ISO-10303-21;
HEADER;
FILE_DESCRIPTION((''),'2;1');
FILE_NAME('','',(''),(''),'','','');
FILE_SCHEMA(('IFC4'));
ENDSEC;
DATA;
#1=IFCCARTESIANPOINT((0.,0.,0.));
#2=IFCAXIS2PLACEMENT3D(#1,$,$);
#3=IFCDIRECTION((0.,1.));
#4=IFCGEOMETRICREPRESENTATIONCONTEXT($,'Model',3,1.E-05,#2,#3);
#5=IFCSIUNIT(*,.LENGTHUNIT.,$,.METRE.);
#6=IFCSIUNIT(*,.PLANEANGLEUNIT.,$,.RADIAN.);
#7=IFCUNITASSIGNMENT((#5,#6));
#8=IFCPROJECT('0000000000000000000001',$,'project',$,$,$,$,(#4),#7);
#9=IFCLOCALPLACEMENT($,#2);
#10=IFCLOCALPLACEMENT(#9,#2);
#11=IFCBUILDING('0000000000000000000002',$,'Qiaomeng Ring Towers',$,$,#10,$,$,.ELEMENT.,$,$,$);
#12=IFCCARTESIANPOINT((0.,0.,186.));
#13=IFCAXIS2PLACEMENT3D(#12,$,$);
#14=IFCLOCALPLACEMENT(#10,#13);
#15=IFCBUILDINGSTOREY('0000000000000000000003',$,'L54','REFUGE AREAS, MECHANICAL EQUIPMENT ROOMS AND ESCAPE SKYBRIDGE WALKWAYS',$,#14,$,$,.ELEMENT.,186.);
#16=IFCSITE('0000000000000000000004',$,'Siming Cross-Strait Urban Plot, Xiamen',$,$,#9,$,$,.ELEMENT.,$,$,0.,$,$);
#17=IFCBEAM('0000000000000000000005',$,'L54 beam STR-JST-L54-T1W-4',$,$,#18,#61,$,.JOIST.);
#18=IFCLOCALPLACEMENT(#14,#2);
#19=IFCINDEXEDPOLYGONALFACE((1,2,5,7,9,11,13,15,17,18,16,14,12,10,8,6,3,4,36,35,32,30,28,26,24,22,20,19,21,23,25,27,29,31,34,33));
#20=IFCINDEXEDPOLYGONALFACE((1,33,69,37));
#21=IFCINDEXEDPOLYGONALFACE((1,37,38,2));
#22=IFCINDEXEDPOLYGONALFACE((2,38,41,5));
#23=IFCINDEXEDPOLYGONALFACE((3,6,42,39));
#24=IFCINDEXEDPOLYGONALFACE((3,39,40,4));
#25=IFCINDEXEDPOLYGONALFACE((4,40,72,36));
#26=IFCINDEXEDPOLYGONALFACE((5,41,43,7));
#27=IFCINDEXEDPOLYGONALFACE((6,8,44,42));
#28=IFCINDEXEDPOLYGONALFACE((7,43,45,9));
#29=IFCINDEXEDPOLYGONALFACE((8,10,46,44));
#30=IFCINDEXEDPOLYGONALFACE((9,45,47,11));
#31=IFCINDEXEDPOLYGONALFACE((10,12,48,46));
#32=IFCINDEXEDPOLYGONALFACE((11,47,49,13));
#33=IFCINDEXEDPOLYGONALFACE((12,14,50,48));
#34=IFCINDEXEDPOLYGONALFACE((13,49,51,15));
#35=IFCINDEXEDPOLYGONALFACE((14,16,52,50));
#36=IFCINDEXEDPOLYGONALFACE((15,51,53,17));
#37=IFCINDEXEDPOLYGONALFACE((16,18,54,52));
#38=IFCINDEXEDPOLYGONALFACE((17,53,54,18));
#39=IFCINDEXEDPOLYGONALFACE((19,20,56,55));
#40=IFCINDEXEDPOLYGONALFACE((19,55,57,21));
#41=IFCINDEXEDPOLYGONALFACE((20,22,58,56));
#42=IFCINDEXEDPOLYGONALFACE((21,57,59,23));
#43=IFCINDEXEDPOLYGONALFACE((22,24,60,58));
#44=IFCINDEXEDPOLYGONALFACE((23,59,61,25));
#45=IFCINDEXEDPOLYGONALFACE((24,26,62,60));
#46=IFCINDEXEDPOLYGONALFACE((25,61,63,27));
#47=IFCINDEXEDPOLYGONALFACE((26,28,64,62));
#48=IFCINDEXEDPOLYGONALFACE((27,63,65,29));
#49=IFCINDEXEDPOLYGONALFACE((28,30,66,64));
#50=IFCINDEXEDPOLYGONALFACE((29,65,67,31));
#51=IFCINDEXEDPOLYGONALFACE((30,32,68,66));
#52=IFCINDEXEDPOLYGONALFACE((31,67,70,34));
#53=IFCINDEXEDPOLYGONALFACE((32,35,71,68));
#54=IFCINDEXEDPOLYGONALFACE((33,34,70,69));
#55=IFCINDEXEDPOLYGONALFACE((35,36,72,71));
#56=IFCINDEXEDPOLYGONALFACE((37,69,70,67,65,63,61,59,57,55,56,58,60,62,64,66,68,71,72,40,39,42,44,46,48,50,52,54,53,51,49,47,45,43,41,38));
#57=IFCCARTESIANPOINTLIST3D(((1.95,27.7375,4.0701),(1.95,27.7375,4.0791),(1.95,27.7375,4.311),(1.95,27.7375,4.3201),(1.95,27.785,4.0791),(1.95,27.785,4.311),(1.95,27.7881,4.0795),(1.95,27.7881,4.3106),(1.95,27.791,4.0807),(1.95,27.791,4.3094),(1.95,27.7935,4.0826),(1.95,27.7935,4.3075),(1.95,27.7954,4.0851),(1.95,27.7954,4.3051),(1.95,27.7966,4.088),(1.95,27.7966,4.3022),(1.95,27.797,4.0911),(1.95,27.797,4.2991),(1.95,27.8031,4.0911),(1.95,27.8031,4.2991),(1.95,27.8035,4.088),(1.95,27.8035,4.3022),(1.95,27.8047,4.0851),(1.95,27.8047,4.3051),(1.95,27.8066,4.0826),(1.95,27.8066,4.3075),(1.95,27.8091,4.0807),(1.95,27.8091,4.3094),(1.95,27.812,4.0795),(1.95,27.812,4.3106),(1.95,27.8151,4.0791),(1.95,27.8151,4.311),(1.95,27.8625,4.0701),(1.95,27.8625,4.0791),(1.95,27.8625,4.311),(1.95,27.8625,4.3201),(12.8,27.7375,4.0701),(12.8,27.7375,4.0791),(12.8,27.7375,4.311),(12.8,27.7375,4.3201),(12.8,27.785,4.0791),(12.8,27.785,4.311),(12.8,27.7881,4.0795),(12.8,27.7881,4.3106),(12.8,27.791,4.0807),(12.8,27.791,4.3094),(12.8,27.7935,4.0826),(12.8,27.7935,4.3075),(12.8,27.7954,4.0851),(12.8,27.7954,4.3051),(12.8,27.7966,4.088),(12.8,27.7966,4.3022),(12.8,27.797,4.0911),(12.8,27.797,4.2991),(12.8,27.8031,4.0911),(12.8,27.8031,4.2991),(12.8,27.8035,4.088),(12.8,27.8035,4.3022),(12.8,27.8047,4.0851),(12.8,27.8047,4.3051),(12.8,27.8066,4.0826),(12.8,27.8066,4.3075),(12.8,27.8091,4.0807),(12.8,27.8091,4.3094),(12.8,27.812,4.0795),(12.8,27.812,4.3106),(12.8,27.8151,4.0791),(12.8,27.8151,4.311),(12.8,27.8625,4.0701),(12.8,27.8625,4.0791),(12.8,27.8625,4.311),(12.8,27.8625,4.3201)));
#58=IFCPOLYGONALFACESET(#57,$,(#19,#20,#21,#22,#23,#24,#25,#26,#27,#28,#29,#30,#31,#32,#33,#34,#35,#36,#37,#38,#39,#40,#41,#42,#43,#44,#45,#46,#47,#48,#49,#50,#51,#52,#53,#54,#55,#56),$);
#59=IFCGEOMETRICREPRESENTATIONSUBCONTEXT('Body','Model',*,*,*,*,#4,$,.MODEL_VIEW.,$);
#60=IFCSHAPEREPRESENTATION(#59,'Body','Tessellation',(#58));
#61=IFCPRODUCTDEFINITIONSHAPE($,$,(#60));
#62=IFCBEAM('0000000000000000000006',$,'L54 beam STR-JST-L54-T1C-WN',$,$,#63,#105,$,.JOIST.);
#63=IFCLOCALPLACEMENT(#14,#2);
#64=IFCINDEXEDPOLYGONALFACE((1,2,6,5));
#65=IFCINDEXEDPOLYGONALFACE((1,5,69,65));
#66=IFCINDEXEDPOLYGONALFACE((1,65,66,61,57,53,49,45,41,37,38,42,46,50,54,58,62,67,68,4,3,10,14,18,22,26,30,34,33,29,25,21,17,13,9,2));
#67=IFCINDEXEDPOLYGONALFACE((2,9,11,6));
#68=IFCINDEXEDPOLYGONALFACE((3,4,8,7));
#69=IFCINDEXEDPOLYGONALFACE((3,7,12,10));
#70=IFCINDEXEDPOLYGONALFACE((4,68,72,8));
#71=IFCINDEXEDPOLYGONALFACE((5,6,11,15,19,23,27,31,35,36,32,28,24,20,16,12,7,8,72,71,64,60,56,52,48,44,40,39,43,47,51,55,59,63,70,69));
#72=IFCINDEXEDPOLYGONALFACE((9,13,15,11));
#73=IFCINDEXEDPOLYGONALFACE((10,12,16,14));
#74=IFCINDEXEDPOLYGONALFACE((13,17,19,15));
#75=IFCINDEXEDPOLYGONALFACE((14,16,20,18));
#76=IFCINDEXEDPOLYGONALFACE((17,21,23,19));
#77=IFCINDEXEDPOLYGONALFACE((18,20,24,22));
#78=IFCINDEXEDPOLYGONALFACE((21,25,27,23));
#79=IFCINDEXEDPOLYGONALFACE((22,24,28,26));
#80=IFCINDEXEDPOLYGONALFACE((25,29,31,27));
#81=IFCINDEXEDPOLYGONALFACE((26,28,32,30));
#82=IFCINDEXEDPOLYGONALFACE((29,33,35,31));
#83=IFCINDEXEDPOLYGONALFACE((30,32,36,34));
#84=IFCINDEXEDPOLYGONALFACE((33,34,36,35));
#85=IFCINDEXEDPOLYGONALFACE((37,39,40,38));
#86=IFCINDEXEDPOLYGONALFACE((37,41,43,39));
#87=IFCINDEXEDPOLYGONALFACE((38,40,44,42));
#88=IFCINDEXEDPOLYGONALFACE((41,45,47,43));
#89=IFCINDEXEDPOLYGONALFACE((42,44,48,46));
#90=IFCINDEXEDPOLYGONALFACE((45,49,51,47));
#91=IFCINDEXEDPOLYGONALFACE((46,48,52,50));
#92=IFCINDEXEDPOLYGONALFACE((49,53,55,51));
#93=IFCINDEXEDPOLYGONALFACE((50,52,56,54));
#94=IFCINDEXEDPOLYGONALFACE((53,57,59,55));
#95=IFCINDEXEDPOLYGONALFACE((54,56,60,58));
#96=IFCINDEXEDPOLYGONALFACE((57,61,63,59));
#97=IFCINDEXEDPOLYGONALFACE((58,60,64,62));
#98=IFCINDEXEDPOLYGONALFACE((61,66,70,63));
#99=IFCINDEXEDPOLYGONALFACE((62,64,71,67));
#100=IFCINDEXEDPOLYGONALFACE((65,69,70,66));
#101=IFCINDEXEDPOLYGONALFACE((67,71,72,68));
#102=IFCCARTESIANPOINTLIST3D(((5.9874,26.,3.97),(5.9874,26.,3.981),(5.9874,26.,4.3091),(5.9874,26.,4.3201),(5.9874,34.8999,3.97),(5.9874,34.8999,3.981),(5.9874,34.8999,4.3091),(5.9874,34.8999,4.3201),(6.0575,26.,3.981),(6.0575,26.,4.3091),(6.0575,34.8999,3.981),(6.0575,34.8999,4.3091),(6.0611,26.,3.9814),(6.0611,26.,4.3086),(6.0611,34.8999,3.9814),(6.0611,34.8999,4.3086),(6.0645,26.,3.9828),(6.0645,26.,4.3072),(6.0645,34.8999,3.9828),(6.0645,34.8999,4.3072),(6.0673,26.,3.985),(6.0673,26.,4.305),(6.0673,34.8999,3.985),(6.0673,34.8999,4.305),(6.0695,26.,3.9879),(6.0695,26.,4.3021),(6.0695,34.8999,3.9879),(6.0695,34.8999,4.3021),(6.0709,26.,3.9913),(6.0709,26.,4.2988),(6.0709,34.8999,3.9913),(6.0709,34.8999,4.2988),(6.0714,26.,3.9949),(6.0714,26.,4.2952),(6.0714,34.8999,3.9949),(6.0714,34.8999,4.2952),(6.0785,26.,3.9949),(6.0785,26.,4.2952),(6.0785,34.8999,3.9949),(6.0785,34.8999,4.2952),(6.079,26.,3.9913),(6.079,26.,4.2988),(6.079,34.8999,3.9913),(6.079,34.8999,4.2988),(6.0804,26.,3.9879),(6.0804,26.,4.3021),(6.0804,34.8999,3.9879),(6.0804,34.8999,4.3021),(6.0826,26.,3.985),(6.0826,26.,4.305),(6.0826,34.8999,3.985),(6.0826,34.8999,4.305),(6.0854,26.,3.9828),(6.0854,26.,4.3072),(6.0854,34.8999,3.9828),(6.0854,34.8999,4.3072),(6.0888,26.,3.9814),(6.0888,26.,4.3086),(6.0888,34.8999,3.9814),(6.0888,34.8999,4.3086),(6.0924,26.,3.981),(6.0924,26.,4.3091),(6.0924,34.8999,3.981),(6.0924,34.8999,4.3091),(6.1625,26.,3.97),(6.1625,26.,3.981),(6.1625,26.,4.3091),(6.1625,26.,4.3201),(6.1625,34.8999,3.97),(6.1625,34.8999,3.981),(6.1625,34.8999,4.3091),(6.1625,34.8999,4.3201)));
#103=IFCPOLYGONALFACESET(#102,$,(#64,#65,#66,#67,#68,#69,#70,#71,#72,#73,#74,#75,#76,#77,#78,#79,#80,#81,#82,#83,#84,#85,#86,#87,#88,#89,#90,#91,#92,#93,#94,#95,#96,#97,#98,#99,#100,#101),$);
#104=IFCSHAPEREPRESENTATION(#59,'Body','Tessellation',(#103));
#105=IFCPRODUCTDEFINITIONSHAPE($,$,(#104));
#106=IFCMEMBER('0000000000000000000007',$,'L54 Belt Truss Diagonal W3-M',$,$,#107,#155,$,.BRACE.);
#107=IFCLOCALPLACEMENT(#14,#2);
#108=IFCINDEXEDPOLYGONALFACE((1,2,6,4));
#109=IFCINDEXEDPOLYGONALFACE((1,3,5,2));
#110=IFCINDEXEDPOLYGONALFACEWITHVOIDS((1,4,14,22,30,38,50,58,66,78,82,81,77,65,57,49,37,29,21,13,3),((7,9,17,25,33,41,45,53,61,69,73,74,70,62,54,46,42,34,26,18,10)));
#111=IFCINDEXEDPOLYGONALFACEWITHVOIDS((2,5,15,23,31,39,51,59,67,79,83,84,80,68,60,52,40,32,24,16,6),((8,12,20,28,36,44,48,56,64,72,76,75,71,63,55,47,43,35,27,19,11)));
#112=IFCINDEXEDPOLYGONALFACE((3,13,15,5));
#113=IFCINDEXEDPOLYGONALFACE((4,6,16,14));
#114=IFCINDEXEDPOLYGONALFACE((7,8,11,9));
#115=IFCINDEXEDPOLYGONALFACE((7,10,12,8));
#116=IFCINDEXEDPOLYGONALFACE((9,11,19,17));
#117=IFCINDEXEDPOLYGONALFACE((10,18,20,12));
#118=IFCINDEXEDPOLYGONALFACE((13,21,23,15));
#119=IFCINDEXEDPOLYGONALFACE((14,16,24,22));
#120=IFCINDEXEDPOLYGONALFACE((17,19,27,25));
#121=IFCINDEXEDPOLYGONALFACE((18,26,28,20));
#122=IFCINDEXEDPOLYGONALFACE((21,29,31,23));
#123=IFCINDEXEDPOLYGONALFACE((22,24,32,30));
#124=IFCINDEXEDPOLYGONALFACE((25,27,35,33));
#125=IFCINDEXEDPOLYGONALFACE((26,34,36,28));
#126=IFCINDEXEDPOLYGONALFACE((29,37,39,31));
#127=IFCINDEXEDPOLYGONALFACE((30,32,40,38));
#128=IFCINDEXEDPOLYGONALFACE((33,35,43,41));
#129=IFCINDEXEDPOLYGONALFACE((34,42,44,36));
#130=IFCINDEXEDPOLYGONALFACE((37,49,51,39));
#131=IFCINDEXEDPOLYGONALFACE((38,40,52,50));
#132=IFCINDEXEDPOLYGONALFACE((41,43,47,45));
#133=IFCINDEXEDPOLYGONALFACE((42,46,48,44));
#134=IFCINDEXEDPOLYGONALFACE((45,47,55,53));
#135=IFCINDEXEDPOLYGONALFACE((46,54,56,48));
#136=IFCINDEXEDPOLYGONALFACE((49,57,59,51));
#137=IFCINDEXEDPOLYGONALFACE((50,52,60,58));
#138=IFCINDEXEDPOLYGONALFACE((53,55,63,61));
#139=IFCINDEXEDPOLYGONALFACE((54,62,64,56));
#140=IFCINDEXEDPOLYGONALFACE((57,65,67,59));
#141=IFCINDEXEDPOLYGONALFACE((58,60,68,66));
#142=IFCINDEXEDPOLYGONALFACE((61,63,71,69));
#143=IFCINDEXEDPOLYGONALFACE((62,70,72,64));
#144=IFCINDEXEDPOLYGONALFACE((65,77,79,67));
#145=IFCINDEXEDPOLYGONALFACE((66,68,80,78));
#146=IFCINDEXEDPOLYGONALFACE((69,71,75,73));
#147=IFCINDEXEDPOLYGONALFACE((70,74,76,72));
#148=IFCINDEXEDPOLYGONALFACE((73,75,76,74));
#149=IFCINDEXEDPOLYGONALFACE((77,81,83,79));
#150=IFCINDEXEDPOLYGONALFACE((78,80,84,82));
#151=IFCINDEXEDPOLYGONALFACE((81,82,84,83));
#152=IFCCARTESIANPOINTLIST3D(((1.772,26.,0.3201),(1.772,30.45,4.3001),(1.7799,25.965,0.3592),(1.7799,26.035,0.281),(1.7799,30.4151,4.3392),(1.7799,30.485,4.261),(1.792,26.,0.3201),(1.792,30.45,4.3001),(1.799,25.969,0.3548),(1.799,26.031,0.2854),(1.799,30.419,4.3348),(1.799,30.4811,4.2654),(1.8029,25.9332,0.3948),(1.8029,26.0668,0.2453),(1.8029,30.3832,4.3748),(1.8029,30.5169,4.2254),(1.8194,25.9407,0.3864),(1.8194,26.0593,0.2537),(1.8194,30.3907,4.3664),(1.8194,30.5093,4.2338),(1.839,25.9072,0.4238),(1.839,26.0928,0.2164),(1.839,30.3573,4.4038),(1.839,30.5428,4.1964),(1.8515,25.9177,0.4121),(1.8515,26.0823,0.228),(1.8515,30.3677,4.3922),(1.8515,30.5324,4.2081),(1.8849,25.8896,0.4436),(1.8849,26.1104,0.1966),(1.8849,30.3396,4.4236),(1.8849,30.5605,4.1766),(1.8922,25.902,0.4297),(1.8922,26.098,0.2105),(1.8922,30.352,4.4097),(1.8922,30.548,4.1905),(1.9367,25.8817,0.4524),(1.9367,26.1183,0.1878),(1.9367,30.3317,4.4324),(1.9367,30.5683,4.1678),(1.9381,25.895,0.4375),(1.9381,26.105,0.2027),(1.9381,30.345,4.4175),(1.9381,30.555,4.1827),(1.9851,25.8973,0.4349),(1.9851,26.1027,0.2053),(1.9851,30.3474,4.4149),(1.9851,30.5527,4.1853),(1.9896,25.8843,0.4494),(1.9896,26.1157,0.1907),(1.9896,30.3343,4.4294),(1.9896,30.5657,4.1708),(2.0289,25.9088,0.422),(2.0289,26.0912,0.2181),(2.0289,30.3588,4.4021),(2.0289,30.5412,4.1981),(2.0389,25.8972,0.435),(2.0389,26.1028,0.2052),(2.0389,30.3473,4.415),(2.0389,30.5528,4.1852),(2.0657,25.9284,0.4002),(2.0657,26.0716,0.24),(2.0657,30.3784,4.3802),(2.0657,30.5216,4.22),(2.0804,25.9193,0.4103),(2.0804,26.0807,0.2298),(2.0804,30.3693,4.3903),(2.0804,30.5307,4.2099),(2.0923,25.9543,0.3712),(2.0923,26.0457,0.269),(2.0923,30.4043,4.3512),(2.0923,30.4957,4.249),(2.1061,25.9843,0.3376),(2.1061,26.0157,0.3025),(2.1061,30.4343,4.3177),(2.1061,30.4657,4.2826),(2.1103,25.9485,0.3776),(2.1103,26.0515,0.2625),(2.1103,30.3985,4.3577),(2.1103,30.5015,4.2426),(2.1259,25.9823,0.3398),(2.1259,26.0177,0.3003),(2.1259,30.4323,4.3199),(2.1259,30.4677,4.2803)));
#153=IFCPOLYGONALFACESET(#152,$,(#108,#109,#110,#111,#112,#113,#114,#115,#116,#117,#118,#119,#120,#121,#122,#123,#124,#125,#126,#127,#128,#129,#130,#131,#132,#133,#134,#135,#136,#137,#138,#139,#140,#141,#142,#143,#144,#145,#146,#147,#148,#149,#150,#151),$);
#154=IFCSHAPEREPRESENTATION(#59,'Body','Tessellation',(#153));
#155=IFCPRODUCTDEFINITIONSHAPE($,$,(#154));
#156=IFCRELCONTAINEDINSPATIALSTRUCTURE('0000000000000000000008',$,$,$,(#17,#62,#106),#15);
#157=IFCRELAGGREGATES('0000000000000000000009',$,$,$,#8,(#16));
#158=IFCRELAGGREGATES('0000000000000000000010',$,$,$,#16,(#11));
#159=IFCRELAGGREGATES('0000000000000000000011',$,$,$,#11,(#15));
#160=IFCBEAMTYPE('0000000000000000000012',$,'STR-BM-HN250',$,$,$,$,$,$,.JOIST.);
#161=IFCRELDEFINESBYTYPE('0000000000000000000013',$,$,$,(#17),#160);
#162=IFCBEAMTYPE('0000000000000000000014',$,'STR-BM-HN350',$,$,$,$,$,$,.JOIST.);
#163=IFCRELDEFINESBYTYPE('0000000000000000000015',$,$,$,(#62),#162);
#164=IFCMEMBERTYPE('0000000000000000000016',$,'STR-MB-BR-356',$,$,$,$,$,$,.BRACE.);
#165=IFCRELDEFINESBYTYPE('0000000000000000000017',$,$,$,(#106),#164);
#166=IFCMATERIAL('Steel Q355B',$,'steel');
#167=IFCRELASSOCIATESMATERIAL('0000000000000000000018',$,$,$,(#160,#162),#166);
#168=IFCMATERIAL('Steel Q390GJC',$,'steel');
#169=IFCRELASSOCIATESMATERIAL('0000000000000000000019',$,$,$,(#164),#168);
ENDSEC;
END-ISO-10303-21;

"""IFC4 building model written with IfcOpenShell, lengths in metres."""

from ifc_helpers import new_model, si_unit, direction, frame, origin, origin_2d, place, context, subcontext, project, spatial, hollow_circle, i_section, extrude, source, transform, mapped, material, material_profile, profile_set, type_object, element, save


model = new_model("IFC4")

# Units and contexts
model_context = context("Model", 3, precision=1e-05, world=origin(), true_north=direction((0.0, 1.0)))
body_context = subcontext(model_context, "Body", "Model", "MODEL_VIEW")
ifc_project = project(units=[si_unit("LENGTHUNIT", "METRE"), si_unit("PLANEANGLEUNIT", "RADIAN")], contexts=[model_context])

# Site, building, storey
site_placement = place(None, origin())
site = spatial("IfcSite", under=ifc_project, at=site_placement, Name="Siming Cross-Strait Urban Plot, Xiamen", CompositionType="ELEMENT", RefElevation=0.0)
building_placement = place(site_placement, origin())
building = spatial("IfcBuilding", under=site, at=building_placement, Name="Qiaomeng Ring Towers", CompositionType="ELEMENT")
storey_placement = place(building_placement, frame((0.0, 0.0, 186.0)))
storey = spatial("IfcBuildingStorey", under=building, at=storey_placement, Name="L54", Description="REFUGE AREAS, MECHANICAL EQUIPMENT ROOMS AND ESCAPE SKYBRIDGE WALKWAYS", CompositionType="ELEMENT", Elevation=186.0)

# Shared definitions
ifc_material_1 = material(Name="Steel Q390GJC", Category="steel")

# Beams
ifc_material_2 = material(Name="Steel Q355B", Category="steel")
ifc_material_profile_1 = material_profile(ifc_material_2, i_section(OverallWidth=0.125, OverallDepth=0.25, WebThickness=0.0061, FlangeThickness=0.009, FilletRadius=0.012, at=origin_2d()), Name="HN 250x125x6x9")
ifc_profile_set_1 = profile_set([ifc_material_profile_1], Name="Steel Q355B")
beam_type_1 = type_object("IfcBeamType", Name="STR-BM-HN250", PredefinedType="JOIST", material=ifc_profile_set_1)
shared_shape_1 = source(origin(), body_context, "Body", "SweptSolid", [
    extrude(i_section(OverallWidth=0.125, OverallDepth=0.25, WebThickness=0.0061, FlangeThickness=0.009, FilletRadius=0.012, at=origin_2d()), origin(), (0.0, 0.0, 1.0), 10.8501),
])
for number, where, z_axis, x_axis, name in (
    (1, (1.95, 27.8, 4.1951), (1.0, 0.0, 0.0), (0.0, 1.0, 0.0), "L54 beam STR-JST-L54-T1W-4"),
):
    element("IfcBeam", number, at=place(storey_placement, frame(where, z_axis=z_axis, x_axis=x_axis)), inside=storey, type_object=beam_type_1, Name=name, PredefinedType="JOIST", context=body_context, shape_type="MappedRepresentation", body=[
        mapped(shared_shape_1, transform((0.0, 0.0, 0.0), x_axis=(1.0, 0.0, 0.0), y_axis=(0.0, 1.0, 0.0), z_axis=(0.0, 0.0, 1.0), scale=1.0)),
    ])
ifc_material_profile_2 = material_profile(ifc_material_2, i_section(OverallWidth=0.175, OverallDepth=0.3501, WebThickness=0.0071, FlangeThickness=0.011, FilletRadius=0.0139, at=origin_2d()), Name="HN 350x175x7x11")
ifc_profile_set_2 = profile_set([ifc_material_profile_2], Name="Steel Q355B")
beam_type_2 = type_object("IfcBeamType", Name="STR-BM-HN350", PredefinedType="JOIST", material=ifc_profile_set_2)
shared_shape_2 = source(origin(), body_context, "Body", "SweptSolid", [
    extrude(i_section(OverallWidth=0.175, OverallDepth=0.3501, WebThickness=0.0071, FlangeThickness=0.011, FilletRadius=0.0139, at=origin_2d()), origin(), (0.0, 0.0, 1.0), 8.8999),
])
beam_1_placement = place(storey_placement, frame((6.075, 26.0, 4.145), z_axis=(0.0, 1.0, 0.0), x_axis=(-1.0, 0.0, 0.0)))
element("IfcBeam", 2, at=beam_1_placement, inside=storey, type_object=beam_type_2, Name="L54 beam STR-JST-L54-T1C-WN", PredefinedType="JOIST", context=body_context, shape_type="MappedRepresentation", body=[
    mapped(shared_shape_2, transform((0.0, 0.0, 0.0), x_axis=(1.0, 0.0, 0.0), y_axis=(0.0, 1.0, 0.0), z_axis=(0.0, 0.0, 1.0), scale=1.0)),
])

# Member
ifc_material_profile_3 = material_profile(ifc_material_1, hollow_circle(Radius=0.178, WallThickness=0.02, at=origin_2d()), Name="CHS 356x20")
ifc_profile_set_3 = profile_set([ifc_material_profile_3], Name="Steel Q390GJC")
member_type_1 = type_object("IfcMemberType", Name="STR-MB-BR-356", PredefinedType="BRACE", material=ifc_profile_set_3)
shared_shape_3 = source(origin(), body_context, "Body", "SweptSolid", [
    extrude(hollow_circle(Radius=0.178, WallThickness=0.02, at=origin_2d()), origin(), (0.0, 0.0, 1.0), 5.9702),
])
member_1_placement = place(storey_placement, frame((1.95, 26.0, 0.3201), z_axis=(0.0, 0.745371, 0.66665), x_axis=(-1.0, 0.0, 0.0)))
element("IfcMember", 3, at=member_1_placement, inside=storey, type_object=member_type_1, Name="L54 Belt Truss Diagonal W3-M", PredefinedType="BRACE", context=body_context, shape_type="MappedRepresentation", body=[
    mapped(shared_shape_3, transform((0.0, 0.0, 0.0), x_axis=(1.0, 0.0, 0.0), y_axis=(0.0, 1.0, 0.0), z_axis=(0.0, 0.0, 1.0), scale=1.0)),
])

save(model, "model.ifc")
